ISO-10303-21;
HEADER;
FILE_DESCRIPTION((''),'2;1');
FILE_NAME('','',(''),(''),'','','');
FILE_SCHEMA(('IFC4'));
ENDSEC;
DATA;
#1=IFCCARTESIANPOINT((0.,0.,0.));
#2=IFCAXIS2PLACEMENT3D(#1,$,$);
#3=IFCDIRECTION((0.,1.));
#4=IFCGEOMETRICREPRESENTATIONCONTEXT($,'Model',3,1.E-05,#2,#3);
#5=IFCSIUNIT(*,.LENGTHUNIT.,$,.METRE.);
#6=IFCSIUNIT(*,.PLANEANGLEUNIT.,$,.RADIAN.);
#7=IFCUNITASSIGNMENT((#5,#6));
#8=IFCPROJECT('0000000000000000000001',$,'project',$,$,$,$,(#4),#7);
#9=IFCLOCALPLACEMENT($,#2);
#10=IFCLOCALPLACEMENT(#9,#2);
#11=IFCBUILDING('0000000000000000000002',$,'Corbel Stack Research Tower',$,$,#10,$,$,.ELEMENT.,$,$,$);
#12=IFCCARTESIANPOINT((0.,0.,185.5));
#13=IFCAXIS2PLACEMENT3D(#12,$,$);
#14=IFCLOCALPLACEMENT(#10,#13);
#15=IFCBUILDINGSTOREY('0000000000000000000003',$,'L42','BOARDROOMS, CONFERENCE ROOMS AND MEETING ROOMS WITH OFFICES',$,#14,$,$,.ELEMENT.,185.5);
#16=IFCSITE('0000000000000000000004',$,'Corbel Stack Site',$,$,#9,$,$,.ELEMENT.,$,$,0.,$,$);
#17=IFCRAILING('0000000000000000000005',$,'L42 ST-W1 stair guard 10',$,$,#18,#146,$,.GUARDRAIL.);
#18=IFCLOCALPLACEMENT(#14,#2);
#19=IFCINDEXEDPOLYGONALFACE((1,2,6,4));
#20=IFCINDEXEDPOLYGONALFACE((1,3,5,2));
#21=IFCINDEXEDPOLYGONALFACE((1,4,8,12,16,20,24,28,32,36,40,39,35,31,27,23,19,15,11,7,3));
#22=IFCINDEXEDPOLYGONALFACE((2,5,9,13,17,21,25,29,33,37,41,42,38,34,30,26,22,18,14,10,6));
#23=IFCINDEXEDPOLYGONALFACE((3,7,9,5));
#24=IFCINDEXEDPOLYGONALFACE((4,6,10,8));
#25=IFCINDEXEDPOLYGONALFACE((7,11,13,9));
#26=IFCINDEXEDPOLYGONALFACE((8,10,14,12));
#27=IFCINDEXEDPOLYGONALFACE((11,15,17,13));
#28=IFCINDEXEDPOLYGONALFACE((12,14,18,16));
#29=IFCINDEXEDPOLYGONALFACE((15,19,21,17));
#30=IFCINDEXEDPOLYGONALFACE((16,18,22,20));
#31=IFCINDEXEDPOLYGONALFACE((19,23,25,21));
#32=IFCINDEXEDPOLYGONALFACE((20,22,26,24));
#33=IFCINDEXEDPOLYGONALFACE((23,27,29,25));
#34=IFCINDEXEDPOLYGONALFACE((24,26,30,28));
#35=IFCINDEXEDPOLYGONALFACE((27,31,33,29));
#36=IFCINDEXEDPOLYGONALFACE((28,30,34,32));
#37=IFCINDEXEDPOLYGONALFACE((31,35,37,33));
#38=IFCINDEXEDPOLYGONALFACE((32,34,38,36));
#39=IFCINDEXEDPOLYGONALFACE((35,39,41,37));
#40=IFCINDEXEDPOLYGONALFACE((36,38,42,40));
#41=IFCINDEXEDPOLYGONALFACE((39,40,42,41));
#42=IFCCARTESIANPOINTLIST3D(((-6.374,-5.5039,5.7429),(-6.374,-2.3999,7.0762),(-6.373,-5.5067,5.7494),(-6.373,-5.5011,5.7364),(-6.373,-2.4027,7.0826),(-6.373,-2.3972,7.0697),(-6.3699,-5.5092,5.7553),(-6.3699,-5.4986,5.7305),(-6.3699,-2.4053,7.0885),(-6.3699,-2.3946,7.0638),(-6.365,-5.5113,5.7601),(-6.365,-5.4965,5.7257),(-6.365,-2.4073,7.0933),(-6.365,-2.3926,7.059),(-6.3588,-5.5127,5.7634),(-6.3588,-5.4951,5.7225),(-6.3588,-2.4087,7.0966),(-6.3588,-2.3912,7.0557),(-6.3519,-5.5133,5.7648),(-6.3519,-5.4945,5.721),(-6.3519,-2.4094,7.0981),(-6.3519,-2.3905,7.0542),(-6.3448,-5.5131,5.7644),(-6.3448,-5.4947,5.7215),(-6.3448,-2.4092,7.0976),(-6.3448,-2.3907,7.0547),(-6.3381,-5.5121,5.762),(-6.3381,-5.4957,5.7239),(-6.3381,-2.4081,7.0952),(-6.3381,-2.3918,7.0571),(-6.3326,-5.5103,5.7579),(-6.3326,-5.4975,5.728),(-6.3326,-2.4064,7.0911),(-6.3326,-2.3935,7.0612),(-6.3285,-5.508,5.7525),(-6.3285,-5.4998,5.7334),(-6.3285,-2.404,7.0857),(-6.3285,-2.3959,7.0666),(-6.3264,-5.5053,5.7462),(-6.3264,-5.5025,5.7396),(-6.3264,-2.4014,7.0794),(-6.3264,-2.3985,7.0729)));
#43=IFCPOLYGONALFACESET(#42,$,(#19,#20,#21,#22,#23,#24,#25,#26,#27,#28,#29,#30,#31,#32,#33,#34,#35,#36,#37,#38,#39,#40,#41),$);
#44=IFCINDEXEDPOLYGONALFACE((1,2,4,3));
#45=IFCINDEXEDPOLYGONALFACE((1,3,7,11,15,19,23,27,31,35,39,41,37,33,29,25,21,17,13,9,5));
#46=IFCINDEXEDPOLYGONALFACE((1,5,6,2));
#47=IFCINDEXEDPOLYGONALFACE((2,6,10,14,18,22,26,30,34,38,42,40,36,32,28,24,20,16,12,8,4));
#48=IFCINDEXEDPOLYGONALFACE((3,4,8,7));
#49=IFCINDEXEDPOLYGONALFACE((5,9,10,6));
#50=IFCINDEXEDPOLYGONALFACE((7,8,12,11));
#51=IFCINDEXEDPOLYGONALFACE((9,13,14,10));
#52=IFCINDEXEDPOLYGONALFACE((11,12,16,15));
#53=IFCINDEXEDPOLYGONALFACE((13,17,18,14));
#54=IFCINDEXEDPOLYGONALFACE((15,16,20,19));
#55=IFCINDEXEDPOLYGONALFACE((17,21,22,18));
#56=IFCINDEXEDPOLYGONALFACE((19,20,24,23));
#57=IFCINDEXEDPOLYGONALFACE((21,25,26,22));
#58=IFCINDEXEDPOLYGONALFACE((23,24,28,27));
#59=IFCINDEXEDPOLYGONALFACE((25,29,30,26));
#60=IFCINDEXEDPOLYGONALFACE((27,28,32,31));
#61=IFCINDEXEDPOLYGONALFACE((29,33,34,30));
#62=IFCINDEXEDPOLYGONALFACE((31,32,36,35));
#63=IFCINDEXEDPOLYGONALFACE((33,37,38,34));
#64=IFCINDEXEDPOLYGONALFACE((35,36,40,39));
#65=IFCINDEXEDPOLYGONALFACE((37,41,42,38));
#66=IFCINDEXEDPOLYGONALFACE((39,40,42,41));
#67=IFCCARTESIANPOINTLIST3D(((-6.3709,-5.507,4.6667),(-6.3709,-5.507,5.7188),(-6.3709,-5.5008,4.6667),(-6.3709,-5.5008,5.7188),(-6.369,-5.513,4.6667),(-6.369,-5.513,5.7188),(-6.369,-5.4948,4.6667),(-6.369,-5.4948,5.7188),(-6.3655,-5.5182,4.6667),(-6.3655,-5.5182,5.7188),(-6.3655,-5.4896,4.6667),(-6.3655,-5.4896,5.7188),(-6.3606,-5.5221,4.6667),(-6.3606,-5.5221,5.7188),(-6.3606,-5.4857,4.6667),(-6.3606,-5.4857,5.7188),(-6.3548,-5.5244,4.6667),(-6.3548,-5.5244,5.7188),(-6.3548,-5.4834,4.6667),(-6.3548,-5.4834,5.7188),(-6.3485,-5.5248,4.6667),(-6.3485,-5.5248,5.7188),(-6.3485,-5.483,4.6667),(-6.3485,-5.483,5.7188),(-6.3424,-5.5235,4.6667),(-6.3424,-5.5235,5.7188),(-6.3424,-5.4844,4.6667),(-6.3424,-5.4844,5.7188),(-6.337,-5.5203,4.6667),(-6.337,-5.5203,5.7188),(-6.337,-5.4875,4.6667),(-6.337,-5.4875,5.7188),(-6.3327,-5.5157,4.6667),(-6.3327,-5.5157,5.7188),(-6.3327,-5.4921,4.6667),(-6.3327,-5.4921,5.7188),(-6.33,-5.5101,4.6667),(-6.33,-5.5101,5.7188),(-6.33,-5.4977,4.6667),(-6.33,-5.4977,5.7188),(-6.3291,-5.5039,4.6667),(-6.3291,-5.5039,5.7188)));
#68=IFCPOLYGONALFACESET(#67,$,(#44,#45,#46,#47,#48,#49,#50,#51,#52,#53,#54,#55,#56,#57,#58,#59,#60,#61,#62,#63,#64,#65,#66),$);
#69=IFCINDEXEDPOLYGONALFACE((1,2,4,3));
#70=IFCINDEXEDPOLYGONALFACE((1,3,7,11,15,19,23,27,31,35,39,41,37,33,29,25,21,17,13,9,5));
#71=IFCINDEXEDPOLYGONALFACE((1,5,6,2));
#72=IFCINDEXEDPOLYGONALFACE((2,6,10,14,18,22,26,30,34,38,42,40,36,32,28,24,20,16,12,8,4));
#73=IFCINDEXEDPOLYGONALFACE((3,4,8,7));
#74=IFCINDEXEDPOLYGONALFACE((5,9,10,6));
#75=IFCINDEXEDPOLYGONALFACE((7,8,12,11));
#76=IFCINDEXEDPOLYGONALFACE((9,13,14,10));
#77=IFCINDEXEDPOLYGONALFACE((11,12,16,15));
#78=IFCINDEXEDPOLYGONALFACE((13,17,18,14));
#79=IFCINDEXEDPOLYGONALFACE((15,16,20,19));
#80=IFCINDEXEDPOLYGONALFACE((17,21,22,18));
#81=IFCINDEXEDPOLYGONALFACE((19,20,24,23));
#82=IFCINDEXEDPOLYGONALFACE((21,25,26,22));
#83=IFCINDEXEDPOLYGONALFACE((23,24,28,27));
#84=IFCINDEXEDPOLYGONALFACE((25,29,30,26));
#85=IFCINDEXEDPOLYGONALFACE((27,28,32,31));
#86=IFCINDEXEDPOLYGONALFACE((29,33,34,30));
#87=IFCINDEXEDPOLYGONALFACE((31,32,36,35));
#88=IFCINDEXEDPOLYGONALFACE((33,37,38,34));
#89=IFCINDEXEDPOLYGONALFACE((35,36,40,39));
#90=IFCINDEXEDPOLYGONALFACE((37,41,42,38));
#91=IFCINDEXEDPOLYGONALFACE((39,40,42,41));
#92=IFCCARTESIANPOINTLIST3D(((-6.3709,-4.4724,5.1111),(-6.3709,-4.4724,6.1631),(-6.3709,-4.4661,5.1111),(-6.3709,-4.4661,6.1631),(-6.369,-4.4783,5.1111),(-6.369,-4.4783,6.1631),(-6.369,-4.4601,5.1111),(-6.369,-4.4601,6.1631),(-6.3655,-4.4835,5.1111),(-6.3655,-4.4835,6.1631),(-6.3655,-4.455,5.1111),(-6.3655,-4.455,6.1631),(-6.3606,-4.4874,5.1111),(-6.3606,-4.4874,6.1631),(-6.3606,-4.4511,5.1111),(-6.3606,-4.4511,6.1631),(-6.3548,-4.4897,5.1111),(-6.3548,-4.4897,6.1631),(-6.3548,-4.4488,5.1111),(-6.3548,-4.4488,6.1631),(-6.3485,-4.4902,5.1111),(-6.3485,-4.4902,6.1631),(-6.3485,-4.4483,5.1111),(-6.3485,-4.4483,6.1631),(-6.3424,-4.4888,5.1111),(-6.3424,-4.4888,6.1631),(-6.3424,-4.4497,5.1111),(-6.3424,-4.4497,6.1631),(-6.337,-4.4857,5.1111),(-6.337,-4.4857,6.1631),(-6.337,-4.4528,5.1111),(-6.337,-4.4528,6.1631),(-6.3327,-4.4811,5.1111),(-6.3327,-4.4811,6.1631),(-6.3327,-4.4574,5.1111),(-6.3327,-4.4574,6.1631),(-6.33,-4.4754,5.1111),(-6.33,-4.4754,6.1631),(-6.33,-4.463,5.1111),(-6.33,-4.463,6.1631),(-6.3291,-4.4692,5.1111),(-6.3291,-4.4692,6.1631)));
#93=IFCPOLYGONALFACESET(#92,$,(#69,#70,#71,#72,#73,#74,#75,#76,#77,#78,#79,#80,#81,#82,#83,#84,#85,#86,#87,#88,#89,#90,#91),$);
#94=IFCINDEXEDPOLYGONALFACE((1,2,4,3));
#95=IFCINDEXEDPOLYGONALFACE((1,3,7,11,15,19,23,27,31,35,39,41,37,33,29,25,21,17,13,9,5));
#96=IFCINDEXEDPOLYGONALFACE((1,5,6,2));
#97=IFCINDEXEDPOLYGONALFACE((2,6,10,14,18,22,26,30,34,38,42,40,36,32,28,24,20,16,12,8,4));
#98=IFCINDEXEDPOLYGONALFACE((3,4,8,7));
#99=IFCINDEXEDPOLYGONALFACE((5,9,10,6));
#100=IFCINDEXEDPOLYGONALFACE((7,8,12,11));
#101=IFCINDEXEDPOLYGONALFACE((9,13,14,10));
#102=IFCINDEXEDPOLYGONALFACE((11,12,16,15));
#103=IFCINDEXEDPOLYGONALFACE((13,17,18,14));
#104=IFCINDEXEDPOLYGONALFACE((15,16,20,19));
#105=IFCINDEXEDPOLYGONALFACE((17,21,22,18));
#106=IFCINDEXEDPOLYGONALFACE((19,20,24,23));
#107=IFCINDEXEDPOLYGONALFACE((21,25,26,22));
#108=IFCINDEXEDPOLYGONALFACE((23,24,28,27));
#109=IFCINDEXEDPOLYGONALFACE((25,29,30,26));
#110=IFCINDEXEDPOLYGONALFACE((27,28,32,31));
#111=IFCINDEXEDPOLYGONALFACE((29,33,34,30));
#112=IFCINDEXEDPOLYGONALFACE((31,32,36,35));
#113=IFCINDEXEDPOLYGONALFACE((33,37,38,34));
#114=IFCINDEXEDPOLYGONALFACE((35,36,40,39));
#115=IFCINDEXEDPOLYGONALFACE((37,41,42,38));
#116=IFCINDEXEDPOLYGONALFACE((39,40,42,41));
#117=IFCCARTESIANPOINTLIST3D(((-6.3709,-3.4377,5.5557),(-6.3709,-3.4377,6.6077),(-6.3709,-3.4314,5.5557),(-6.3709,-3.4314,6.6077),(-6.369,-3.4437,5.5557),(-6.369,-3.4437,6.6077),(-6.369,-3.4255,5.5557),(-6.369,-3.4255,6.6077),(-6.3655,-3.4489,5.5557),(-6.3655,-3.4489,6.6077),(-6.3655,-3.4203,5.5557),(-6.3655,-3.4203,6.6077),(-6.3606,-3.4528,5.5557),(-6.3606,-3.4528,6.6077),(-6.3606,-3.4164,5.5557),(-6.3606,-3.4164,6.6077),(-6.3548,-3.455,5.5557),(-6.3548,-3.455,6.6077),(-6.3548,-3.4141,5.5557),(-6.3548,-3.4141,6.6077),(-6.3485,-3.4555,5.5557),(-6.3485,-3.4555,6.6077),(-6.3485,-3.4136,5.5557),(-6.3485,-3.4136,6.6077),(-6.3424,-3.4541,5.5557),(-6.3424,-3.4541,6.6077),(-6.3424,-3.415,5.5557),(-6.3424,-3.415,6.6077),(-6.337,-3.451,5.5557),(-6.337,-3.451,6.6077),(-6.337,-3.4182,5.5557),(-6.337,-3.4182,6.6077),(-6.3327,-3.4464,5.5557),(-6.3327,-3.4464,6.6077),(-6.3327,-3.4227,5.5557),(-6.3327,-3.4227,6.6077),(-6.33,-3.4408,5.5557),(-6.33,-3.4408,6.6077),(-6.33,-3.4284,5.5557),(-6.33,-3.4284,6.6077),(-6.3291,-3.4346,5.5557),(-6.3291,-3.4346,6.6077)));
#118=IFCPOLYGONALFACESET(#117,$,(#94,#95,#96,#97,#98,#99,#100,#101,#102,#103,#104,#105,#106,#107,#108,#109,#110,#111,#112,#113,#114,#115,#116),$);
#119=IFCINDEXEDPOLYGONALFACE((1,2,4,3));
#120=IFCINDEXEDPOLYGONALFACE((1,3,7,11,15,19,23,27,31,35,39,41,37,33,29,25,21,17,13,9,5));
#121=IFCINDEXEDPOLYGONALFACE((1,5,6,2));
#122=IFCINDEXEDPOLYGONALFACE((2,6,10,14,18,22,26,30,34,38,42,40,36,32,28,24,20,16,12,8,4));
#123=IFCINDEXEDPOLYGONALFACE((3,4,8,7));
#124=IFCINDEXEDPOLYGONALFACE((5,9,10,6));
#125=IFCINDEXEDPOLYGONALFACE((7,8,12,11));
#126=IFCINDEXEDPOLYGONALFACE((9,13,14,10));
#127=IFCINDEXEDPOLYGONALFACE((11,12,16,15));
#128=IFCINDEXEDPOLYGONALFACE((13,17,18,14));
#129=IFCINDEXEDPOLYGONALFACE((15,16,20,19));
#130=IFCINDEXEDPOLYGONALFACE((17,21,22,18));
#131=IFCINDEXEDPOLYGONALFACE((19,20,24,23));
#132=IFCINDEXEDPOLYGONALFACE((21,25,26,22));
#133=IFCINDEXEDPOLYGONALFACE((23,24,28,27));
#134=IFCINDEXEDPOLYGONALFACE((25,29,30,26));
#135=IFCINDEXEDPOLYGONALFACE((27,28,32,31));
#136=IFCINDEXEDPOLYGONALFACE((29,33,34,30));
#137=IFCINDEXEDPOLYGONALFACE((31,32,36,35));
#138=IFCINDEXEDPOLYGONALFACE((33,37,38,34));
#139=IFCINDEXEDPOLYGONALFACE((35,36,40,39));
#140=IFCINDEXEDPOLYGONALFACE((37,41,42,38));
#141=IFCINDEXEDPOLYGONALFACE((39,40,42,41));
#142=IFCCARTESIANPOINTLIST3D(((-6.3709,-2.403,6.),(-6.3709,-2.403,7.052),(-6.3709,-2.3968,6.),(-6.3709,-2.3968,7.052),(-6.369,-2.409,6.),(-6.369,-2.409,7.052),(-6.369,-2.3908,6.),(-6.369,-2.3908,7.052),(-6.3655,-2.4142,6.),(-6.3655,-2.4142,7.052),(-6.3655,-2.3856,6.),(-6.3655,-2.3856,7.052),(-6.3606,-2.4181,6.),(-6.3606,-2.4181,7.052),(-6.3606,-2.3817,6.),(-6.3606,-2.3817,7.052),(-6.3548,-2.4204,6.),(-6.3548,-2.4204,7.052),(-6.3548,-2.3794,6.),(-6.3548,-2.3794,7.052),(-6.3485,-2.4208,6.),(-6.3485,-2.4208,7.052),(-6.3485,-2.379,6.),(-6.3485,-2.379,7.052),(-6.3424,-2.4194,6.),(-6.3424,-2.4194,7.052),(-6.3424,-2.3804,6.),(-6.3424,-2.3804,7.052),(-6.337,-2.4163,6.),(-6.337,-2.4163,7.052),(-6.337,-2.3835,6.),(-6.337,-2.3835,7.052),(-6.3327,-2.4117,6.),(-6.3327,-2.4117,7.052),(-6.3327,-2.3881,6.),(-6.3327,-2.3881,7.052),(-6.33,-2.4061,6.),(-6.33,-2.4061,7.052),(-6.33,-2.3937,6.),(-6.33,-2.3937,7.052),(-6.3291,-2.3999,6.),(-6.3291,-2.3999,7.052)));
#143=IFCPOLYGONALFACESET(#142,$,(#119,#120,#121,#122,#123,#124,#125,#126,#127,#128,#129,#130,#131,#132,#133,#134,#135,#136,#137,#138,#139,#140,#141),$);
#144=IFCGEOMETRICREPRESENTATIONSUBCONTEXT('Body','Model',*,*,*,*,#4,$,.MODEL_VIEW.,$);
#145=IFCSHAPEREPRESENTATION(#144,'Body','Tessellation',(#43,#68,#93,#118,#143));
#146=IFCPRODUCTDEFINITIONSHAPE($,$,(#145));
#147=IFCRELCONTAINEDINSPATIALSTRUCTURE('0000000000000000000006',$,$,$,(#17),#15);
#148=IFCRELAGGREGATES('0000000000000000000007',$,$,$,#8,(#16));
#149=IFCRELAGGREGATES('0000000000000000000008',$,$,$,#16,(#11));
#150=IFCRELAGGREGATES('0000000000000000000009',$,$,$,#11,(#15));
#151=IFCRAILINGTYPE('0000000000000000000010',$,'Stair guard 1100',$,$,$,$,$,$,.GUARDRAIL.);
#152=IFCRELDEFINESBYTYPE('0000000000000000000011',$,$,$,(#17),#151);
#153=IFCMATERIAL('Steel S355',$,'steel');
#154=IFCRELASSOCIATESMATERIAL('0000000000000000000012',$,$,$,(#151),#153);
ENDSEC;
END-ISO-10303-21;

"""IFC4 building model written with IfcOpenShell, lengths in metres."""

from ifc_helpers import new_model, si_unit, direction, frame, origin, origin_2d, place, context, subcontext, project, spatial, circle, extrude, material, type_object, element, save


model = new_model("IFC4")

# Units and contexts
model_context = context("Model", 3, precision=1e-05, world=origin(), true_north=direction((0.0, 1.0)))
body_context = subcontext(model_context, "Body", "Model", "MODEL_VIEW")
ifc_project = project(units=[si_unit("LENGTHUNIT", "METRE"), si_unit("PLANEANGLEUNIT", "RADIAN")], contexts=[model_context])

# Site, building, storey
site_placement = place(None, origin())
site = spatial("IfcSite", under=ifc_project, at=site_placement, Name="Corbel Stack Site", CompositionType="ELEMENT", RefElevation=0.0)
building_placement = place(site_placement, origin())
building = spatial("IfcBuilding", under=site, at=building_placement, Name="Corbel Stack Research Tower", CompositionType="ELEMENT")
storey_placement = place(building_placement, frame((0.0, 0.0, 185.5)))
storey = spatial("IfcBuildingStorey", under=building, at=storey_placement, Name="L42", Description="BOARDROOMS, CONFERENCE ROOMS AND MEETING ROOMS WITH OFFICES", CompositionType="ELEMENT", Elevation=185.5)

# Railing
ifc_material_1 = material(Name="Steel S355", Category="steel")
railing_type_1 = type_object("IfcRailingType", Name="Stair guard 1100", PredefinedType="GUARDRAIL", material=ifc_material_1)
railing_placement = place(storey_placement, frame((-6.3501, -5.5039, 4.6667)))
element("IfcRailing", 1, at=railing_placement, inside=storey, type_object=railing_type_1, Name="L42 ST-W1 stair guard 10", PredefinedType="GUARDRAIL", context=body_context, shape_type="SweptSolid", body=[
    extrude(circle(Radius=0.0239, at=origin_2d()), frame((0.0, 0.0, 1.0762), z_axis=(0.0, 0.918827, 0.394661), x_axis=(-1.0, 0.0, 0.0)), (0.0, 0.0, 1.0), 3.3782),
    extrude(circle(Radius=0.021, at=origin_2d()), origin(), (0.0, 0.0, 1.0), 1.052),
    extrude(circle(Radius=0.021, at=origin_2d()), frame((0.0, 1.0347, 0.4443)), (0.0, 0.0, 1.0), 1.052),
    extrude(circle(Radius=0.021, at=origin_2d()), frame((0.0, 2.0693, 0.8889)), (0.0, 0.0, 1.0), 1.052),
    extrude(circle(Radius=0.021, at=origin_2d()), frame((0.0, 3.104, 1.3333)), (0.0, 0.0, 1.0), 1.052),
])

save(model, "model.ifc")
